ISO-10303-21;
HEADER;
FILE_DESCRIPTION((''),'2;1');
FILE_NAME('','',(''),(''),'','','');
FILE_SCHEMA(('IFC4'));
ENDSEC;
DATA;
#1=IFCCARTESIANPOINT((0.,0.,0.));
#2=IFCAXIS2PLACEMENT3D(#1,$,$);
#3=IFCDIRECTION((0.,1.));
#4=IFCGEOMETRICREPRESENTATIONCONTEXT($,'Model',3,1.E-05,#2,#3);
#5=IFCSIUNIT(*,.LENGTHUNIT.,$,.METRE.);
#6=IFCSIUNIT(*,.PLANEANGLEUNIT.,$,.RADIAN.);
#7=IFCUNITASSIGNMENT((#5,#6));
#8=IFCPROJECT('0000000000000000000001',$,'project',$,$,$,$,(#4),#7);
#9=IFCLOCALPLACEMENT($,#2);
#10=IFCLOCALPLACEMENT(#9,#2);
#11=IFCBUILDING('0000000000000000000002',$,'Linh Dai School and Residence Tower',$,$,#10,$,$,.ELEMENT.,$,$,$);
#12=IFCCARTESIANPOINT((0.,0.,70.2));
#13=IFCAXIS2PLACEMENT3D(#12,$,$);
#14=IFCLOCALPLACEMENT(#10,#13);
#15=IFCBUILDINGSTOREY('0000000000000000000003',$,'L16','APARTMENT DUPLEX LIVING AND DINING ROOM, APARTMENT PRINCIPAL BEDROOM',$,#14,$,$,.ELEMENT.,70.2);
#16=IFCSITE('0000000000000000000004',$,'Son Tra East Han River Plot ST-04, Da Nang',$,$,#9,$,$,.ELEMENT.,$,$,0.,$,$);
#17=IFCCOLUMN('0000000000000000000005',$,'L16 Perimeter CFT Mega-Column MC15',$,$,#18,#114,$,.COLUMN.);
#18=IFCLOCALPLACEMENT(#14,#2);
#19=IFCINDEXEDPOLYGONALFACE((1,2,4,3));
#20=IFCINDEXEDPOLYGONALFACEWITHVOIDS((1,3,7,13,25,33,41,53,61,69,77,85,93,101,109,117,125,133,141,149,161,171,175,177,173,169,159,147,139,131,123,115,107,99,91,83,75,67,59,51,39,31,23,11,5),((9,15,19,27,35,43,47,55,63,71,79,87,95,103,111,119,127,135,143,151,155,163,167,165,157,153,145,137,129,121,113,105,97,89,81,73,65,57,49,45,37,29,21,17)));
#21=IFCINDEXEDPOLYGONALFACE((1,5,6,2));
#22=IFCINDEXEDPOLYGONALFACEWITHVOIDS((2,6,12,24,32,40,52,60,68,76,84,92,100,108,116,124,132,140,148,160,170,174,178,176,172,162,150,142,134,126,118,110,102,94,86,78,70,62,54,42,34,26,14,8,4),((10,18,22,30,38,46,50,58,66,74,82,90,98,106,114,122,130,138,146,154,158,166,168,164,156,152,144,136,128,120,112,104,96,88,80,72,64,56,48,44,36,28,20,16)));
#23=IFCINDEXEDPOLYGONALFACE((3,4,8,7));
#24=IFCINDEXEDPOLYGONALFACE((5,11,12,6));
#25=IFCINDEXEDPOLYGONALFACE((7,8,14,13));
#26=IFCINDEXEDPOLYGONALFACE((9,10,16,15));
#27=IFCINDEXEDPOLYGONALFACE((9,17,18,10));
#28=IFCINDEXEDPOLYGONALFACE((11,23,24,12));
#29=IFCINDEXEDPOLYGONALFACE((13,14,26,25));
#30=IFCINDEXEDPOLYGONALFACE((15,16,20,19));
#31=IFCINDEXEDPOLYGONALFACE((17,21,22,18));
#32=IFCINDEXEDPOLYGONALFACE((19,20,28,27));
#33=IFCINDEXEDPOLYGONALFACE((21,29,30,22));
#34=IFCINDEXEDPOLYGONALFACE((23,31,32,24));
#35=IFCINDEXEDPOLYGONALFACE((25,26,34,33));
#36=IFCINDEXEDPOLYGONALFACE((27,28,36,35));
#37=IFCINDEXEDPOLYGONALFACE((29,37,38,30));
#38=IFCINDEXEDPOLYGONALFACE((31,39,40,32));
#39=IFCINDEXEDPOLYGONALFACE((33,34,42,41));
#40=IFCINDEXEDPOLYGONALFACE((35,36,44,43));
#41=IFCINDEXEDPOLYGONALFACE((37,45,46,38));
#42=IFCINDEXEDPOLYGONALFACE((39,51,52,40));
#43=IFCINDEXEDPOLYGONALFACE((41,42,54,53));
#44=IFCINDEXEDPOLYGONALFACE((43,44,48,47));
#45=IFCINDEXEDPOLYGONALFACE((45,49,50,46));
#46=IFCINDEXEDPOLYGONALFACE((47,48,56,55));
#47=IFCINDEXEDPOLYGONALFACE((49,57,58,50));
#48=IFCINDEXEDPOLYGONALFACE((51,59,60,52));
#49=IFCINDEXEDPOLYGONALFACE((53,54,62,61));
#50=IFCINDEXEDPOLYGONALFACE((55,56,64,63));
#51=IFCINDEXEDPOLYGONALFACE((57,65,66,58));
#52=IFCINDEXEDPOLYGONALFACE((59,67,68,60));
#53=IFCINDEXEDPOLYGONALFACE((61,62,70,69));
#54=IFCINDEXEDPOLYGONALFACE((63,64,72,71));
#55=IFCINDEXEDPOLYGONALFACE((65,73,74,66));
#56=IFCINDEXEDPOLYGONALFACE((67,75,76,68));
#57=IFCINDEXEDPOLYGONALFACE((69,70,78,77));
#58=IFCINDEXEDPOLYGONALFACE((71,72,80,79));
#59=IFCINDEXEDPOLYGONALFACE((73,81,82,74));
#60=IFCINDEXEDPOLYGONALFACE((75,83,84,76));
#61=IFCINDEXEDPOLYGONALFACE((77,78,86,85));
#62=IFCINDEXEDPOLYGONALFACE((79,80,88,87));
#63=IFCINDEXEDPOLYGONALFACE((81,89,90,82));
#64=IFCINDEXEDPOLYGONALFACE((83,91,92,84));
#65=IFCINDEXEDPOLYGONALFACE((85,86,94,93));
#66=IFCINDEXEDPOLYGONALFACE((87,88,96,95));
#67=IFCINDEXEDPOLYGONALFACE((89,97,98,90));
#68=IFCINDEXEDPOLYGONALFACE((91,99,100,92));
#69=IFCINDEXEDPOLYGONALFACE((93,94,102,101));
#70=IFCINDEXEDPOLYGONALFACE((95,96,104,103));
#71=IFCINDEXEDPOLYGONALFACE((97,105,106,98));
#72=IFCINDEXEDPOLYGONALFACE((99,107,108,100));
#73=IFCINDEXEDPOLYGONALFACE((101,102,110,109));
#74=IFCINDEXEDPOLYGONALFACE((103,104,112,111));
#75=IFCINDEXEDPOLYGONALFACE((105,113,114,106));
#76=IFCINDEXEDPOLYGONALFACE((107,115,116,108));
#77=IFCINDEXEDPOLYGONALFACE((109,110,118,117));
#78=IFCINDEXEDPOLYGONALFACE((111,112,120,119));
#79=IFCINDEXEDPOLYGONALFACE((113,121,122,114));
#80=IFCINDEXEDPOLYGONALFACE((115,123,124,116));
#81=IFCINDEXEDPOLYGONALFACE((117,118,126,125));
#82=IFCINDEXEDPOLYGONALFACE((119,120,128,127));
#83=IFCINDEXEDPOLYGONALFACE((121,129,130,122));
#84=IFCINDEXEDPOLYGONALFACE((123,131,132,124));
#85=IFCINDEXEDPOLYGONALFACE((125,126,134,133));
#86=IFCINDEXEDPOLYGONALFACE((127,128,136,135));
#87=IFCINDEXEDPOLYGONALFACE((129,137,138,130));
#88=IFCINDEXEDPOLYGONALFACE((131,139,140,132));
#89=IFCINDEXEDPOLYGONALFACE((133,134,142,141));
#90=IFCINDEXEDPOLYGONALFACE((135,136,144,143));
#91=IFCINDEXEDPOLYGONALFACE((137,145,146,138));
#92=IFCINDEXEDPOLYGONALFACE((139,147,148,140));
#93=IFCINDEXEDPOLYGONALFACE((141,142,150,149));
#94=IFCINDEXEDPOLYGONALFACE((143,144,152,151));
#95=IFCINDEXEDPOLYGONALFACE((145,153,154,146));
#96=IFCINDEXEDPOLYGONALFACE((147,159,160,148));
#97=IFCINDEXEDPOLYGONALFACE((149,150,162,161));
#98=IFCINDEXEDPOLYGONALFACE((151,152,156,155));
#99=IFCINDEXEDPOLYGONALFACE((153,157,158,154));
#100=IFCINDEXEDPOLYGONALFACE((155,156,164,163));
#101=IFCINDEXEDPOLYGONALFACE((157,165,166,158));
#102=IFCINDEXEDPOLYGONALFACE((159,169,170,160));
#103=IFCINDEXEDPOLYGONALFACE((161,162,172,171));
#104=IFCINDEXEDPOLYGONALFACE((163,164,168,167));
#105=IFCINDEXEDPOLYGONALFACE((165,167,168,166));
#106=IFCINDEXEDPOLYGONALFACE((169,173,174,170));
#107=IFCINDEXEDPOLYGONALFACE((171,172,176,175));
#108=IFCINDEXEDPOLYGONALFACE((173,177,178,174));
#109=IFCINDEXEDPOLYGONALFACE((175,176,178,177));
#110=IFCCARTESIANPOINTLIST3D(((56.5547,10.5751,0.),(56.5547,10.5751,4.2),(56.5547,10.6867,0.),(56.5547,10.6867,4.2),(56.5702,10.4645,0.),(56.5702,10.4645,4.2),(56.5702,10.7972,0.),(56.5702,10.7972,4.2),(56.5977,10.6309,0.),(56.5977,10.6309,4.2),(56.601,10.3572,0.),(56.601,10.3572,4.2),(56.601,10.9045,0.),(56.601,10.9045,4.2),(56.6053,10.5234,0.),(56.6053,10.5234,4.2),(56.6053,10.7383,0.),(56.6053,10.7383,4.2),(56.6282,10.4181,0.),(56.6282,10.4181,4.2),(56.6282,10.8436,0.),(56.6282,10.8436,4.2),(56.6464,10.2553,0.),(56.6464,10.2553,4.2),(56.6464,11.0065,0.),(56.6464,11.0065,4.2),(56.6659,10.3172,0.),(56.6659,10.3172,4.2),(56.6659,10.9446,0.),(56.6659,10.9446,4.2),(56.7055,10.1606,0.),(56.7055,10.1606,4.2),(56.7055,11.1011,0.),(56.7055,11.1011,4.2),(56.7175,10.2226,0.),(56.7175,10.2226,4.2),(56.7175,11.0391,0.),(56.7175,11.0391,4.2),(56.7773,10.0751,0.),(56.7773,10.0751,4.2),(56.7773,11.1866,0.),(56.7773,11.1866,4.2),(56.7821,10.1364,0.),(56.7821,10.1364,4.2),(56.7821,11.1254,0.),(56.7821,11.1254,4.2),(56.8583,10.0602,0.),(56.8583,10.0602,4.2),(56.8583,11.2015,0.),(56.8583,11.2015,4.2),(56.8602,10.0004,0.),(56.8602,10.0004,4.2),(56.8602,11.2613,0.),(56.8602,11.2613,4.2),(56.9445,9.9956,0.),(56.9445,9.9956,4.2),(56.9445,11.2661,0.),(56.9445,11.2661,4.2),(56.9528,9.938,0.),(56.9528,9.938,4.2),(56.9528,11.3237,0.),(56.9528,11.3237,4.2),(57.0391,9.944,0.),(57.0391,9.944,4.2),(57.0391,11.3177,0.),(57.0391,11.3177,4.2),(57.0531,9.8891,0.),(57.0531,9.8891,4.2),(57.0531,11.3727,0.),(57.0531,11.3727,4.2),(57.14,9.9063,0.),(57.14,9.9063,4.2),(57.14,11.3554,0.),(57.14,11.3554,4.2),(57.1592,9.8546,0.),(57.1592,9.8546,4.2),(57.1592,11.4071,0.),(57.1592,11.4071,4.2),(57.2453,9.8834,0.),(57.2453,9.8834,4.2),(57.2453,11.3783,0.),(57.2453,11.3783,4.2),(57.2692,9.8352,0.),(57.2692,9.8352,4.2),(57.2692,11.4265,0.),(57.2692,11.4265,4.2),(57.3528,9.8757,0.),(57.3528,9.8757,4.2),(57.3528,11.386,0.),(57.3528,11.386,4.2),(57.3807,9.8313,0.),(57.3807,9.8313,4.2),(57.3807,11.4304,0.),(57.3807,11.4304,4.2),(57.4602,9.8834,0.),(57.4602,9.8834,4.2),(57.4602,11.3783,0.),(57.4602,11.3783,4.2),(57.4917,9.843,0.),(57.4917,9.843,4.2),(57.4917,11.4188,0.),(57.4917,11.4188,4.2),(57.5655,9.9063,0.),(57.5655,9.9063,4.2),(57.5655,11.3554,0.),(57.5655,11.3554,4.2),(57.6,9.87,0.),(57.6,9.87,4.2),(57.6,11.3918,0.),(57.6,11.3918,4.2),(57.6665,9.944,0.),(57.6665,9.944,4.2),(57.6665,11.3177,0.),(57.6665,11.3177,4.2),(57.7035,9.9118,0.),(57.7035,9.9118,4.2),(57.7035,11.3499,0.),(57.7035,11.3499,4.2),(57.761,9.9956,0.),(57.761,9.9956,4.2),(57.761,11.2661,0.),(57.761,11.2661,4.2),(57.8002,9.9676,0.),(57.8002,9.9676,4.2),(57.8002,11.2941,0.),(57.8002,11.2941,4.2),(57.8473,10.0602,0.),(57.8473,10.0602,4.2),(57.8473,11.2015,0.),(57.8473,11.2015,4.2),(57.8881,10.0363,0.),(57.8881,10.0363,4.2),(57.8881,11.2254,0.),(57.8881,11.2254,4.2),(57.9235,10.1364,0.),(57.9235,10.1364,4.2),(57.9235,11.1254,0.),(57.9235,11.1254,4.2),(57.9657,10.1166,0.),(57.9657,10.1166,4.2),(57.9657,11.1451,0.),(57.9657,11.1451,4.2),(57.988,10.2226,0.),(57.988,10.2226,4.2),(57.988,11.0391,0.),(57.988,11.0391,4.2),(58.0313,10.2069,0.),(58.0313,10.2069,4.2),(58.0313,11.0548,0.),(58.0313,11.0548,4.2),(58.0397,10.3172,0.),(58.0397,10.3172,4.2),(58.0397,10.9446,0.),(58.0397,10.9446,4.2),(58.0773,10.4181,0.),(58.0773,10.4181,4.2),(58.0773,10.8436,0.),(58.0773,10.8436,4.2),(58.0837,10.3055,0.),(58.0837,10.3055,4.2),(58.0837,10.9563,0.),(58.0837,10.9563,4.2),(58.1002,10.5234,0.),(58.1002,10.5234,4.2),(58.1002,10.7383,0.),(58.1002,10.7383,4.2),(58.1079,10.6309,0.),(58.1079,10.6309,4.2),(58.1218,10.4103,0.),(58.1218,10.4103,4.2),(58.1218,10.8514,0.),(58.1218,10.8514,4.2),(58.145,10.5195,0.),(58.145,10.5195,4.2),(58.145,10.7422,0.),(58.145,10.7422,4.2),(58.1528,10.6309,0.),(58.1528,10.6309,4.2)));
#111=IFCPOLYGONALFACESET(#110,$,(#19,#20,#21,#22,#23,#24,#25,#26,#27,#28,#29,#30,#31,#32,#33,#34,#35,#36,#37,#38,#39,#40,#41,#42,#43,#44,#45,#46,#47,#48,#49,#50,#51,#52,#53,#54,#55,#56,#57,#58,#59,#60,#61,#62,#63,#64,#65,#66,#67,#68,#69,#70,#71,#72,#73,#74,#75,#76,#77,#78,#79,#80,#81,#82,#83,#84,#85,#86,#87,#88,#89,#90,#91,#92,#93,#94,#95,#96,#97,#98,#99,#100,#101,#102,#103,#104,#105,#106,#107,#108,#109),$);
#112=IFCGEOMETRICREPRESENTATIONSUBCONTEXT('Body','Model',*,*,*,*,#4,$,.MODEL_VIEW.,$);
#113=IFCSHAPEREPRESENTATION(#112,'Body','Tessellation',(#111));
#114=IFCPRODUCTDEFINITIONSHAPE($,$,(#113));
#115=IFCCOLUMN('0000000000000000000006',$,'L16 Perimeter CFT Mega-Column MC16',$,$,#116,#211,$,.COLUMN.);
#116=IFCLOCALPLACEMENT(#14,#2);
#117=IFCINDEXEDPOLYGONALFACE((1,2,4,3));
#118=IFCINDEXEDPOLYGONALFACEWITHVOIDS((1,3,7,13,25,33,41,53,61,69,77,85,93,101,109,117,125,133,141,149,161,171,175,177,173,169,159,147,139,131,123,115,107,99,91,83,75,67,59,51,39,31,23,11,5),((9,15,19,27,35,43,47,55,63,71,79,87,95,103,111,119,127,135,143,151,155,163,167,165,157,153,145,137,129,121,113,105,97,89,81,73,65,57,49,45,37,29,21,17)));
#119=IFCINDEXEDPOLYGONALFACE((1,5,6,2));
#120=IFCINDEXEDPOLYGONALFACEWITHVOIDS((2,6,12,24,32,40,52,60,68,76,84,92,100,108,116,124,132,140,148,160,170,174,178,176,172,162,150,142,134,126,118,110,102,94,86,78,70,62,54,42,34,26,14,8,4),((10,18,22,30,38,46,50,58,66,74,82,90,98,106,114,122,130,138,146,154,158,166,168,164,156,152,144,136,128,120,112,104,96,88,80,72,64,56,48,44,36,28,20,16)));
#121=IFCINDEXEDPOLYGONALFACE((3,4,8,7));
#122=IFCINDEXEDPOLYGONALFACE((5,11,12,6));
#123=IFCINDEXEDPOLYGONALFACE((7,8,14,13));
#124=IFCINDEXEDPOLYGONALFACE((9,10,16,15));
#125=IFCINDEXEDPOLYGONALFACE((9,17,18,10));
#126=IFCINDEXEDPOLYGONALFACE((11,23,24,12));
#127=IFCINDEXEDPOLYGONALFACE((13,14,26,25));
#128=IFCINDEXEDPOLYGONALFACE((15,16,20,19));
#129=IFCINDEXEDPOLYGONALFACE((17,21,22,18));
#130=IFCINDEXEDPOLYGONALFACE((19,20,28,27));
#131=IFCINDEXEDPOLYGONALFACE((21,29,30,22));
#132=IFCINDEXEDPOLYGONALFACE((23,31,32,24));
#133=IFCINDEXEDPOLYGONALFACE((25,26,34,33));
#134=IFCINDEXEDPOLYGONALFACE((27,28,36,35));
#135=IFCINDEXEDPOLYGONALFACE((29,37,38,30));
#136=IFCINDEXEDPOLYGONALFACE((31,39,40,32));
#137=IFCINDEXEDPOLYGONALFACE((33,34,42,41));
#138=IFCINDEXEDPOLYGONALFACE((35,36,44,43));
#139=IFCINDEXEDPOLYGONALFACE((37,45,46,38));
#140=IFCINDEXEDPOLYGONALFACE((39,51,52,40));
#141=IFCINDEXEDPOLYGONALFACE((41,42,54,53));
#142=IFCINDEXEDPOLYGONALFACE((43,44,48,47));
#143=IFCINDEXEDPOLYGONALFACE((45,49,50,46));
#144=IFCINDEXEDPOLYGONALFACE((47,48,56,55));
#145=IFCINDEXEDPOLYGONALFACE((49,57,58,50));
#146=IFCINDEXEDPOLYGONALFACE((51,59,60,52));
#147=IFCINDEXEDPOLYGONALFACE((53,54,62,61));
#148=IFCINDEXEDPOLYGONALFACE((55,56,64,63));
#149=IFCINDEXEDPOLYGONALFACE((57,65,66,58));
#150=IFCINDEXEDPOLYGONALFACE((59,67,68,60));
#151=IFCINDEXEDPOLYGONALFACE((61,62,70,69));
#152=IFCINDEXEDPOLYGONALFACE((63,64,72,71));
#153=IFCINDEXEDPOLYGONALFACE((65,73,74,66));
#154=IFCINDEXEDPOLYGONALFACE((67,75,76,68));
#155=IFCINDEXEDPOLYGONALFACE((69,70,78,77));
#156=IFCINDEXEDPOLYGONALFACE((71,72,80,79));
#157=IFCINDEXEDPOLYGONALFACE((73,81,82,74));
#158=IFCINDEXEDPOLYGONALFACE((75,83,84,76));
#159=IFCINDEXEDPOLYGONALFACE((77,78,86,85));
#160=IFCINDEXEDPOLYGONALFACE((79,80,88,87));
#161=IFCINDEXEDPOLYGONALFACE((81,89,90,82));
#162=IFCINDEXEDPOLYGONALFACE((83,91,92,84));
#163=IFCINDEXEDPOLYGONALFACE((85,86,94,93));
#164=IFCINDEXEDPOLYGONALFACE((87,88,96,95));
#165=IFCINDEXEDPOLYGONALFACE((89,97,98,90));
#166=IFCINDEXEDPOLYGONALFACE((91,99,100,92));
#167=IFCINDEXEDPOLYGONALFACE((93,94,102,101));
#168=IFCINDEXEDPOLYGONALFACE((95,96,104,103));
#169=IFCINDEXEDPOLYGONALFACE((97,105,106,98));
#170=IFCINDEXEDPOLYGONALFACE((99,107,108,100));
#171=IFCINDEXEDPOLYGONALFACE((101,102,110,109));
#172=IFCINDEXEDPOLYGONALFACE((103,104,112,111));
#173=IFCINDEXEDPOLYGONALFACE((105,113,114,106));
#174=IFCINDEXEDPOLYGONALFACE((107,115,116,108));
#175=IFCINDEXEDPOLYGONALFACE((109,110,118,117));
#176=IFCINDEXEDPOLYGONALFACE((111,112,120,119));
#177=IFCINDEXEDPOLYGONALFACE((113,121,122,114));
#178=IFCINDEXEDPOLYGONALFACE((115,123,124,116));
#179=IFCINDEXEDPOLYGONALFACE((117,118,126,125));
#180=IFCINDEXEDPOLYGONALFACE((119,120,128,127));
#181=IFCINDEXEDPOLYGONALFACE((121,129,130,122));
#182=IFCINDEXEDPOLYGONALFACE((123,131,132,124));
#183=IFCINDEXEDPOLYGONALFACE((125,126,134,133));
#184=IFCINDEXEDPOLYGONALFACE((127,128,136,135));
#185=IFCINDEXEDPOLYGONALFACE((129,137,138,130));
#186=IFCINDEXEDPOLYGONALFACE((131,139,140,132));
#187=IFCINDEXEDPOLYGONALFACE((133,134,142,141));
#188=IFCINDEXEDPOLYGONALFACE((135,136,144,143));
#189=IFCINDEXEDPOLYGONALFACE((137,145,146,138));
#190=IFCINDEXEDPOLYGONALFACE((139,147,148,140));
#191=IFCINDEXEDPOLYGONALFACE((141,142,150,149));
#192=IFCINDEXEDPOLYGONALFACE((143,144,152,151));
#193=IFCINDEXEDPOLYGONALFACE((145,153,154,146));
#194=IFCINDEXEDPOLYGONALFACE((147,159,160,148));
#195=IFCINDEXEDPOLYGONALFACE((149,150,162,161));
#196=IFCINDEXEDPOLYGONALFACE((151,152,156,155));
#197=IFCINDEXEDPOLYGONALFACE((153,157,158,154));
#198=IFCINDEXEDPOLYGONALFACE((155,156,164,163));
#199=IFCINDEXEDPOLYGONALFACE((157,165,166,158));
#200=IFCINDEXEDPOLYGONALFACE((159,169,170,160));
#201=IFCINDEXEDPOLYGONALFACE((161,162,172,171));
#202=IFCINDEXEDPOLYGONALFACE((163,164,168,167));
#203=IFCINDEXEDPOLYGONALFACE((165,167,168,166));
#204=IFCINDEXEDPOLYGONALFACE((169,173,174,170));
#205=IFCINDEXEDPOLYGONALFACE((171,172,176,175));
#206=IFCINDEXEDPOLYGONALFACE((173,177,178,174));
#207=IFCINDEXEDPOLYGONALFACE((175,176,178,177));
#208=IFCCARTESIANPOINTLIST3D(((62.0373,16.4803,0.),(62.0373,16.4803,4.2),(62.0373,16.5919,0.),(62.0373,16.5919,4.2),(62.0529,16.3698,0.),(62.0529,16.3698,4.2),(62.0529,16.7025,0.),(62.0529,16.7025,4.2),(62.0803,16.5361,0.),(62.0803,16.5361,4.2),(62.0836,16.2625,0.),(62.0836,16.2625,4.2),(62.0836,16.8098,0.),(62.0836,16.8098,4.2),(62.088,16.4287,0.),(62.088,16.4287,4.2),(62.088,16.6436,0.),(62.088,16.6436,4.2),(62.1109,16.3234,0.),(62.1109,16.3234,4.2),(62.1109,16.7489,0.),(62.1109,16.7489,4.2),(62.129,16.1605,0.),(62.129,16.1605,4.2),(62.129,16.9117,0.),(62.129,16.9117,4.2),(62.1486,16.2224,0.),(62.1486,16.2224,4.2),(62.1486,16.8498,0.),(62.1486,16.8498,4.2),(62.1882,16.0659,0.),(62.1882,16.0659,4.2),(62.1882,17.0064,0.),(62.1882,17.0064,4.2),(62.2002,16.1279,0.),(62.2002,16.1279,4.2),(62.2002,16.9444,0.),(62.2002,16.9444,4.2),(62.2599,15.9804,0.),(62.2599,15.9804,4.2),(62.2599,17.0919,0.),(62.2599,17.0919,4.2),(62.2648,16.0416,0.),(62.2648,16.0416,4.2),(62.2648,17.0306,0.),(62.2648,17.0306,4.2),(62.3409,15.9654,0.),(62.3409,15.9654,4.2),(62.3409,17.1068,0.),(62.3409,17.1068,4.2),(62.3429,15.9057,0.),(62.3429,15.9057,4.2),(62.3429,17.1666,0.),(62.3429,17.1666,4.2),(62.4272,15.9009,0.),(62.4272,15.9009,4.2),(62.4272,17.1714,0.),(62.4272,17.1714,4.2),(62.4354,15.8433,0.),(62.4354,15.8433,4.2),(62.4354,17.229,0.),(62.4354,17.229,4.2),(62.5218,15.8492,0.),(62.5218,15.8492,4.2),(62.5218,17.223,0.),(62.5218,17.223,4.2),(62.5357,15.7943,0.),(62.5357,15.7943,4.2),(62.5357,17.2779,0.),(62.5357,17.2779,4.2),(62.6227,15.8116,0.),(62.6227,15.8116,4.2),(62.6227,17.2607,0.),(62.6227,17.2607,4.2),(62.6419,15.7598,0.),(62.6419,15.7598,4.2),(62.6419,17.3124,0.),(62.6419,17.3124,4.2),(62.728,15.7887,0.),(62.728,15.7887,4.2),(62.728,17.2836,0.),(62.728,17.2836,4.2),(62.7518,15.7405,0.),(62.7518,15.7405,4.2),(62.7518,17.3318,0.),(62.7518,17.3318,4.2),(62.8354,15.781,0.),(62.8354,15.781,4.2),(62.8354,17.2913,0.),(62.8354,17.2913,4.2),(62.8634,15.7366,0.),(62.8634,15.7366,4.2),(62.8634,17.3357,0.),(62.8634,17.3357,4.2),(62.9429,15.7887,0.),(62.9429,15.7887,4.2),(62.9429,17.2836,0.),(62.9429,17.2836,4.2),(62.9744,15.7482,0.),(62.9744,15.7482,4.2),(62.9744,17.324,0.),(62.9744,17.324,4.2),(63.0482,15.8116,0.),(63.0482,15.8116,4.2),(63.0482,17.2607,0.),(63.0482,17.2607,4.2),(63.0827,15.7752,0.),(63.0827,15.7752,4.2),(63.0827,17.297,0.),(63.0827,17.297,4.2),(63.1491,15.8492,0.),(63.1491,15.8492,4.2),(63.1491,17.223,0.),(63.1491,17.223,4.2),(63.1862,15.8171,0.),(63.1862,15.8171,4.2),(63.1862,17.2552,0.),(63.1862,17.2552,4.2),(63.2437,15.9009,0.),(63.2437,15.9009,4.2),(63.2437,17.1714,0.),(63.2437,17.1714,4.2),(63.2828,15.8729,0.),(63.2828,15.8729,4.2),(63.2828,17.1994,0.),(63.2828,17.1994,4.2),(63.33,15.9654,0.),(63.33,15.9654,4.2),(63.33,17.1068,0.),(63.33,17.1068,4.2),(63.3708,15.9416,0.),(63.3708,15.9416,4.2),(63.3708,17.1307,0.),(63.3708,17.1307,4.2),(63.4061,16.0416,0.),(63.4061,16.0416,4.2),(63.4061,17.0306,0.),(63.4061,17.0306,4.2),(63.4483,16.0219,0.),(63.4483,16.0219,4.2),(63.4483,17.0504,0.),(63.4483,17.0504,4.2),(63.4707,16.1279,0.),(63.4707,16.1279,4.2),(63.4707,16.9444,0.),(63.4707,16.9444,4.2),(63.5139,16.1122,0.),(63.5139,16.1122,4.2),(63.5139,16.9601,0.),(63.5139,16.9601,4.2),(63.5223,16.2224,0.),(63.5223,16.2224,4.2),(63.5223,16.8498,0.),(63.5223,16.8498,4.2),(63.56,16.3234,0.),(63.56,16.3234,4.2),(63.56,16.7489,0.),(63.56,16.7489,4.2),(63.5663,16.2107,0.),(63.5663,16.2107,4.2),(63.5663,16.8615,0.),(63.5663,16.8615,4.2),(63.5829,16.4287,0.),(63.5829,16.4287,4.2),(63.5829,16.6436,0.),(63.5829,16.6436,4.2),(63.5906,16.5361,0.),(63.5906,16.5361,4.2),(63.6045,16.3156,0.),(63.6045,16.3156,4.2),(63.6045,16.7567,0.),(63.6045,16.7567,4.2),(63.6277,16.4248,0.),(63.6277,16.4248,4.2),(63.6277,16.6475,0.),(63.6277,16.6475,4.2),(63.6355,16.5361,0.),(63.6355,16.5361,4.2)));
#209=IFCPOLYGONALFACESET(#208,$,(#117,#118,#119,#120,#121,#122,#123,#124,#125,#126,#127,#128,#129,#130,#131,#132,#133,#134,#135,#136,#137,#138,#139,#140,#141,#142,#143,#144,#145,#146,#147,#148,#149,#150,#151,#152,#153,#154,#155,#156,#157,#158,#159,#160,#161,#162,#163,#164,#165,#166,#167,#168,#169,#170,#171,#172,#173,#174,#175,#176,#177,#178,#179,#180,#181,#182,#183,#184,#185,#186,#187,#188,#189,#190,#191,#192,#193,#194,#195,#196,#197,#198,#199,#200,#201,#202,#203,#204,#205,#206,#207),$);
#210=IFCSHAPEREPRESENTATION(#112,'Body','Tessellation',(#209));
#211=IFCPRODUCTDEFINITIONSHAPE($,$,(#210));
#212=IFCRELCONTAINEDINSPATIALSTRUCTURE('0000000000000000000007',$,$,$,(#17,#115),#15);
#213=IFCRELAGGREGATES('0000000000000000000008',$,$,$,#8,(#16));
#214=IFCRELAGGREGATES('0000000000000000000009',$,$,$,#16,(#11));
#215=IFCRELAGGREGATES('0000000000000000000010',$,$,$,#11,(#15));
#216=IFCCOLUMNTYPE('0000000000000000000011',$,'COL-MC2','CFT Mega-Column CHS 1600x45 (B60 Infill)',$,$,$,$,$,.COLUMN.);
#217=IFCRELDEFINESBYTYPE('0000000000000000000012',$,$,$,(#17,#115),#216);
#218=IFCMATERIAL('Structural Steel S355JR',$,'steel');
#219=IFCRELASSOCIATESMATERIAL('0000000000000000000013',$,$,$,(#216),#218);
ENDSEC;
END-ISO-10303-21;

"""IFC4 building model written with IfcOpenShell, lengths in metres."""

from ifc_helpers import new_model, si_unit, direction, frame, origin, origin_2d, place, context, subcontext, project, spatial, hollow_circle, extrude, material, material_profile, profile_set, type_object, element, save


model = new_model("IFC4")

# Units and contexts
model_context = context("Model", 3, precision=1e-05, world=origin(), true_north=direction((0.0, 1.0)))
body_context = subcontext(model_context, "Body", "Model", "MODEL_VIEW")
ifc_project = project(units=[si_unit("LENGTHUNIT", "METRE"), si_unit("PLANEANGLEUNIT", "RADIAN")], contexts=[model_context])

# Site, building, storey
site_placement = place(None, origin())
site = spatial("IfcSite", under=ifc_project, at=site_placement, Name="Son Tra East Han River Plot ST-04, Da Nang", CompositionType="ELEMENT", RefElevation=0.0)
building_placement = place(site_placement, origin())
building = spatial("IfcBuilding", under=site, at=building_placement, Name="Linh Dai School and Residence Tower", CompositionType="ELEMENT")
storey_placement = place(building_placement, frame((0.0, 0.0, 70.2)))
storey = spatial("IfcBuildingStorey", under=building, at=storey_placement, Name="L16", Description="APARTMENT DUPLEX LIVING AND DINING ROOM, APARTMENT PRINCIPAL BEDROOM", CompositionType="ELEMENT", Elevation=70.2)

# Columns
ifc_material_1 = material(Name="Structural Steel S355JR", Category="steel")
ifc_material_profile_1 = material_profile(ifc_material_1, hollow_circle(Radius=0.8, WallThickness=0.0449, at=origin_2d()), Name="CHS 1600x45")
ifc_profile_set_1 = profile_set([ifc_material_profile_1], Name="Structural Steel S355JR")
column_type = type_object("IfcColumnType", Name="COL-MC2", Description="CFT Mega-Column CHS 1600x45 (B60 Infill)", PredefinedType="COLUMN", material=ifc_profile_set_1)
for number, where, z_axis, x_axis, name in (
    (1, (57.3528, 10.6309, 0.0), (0.0, 0.0, 1.0), (1.0, 0.0, 0.0), "L16 Perimeter CFT Mega-Column MC15"),
    (2, (62.8354, 16.5361, 0.0), (0.0, 0.0, 1.0), (1.0, 0.0, 0.0), "L16 Perimeter CFT Mega-Column MC16"),
):
    element("IfcColumn", number, at=place(storey_placement, frame(where, z_axis=z_axis, x_axis=x_axis)), inside=storey, type_object=column_type, Name=name, PredefinedType="COLUMN", context=body_context, shape_type="SweptSolid", body=[
        extrude(hollow_circle(Radius=0.8, WallThickness=0.0449, at=origin_2d()), origin(), (0.0, 0.0, 1.0), 4.2),
    ])

save(model, "model.ifc")
